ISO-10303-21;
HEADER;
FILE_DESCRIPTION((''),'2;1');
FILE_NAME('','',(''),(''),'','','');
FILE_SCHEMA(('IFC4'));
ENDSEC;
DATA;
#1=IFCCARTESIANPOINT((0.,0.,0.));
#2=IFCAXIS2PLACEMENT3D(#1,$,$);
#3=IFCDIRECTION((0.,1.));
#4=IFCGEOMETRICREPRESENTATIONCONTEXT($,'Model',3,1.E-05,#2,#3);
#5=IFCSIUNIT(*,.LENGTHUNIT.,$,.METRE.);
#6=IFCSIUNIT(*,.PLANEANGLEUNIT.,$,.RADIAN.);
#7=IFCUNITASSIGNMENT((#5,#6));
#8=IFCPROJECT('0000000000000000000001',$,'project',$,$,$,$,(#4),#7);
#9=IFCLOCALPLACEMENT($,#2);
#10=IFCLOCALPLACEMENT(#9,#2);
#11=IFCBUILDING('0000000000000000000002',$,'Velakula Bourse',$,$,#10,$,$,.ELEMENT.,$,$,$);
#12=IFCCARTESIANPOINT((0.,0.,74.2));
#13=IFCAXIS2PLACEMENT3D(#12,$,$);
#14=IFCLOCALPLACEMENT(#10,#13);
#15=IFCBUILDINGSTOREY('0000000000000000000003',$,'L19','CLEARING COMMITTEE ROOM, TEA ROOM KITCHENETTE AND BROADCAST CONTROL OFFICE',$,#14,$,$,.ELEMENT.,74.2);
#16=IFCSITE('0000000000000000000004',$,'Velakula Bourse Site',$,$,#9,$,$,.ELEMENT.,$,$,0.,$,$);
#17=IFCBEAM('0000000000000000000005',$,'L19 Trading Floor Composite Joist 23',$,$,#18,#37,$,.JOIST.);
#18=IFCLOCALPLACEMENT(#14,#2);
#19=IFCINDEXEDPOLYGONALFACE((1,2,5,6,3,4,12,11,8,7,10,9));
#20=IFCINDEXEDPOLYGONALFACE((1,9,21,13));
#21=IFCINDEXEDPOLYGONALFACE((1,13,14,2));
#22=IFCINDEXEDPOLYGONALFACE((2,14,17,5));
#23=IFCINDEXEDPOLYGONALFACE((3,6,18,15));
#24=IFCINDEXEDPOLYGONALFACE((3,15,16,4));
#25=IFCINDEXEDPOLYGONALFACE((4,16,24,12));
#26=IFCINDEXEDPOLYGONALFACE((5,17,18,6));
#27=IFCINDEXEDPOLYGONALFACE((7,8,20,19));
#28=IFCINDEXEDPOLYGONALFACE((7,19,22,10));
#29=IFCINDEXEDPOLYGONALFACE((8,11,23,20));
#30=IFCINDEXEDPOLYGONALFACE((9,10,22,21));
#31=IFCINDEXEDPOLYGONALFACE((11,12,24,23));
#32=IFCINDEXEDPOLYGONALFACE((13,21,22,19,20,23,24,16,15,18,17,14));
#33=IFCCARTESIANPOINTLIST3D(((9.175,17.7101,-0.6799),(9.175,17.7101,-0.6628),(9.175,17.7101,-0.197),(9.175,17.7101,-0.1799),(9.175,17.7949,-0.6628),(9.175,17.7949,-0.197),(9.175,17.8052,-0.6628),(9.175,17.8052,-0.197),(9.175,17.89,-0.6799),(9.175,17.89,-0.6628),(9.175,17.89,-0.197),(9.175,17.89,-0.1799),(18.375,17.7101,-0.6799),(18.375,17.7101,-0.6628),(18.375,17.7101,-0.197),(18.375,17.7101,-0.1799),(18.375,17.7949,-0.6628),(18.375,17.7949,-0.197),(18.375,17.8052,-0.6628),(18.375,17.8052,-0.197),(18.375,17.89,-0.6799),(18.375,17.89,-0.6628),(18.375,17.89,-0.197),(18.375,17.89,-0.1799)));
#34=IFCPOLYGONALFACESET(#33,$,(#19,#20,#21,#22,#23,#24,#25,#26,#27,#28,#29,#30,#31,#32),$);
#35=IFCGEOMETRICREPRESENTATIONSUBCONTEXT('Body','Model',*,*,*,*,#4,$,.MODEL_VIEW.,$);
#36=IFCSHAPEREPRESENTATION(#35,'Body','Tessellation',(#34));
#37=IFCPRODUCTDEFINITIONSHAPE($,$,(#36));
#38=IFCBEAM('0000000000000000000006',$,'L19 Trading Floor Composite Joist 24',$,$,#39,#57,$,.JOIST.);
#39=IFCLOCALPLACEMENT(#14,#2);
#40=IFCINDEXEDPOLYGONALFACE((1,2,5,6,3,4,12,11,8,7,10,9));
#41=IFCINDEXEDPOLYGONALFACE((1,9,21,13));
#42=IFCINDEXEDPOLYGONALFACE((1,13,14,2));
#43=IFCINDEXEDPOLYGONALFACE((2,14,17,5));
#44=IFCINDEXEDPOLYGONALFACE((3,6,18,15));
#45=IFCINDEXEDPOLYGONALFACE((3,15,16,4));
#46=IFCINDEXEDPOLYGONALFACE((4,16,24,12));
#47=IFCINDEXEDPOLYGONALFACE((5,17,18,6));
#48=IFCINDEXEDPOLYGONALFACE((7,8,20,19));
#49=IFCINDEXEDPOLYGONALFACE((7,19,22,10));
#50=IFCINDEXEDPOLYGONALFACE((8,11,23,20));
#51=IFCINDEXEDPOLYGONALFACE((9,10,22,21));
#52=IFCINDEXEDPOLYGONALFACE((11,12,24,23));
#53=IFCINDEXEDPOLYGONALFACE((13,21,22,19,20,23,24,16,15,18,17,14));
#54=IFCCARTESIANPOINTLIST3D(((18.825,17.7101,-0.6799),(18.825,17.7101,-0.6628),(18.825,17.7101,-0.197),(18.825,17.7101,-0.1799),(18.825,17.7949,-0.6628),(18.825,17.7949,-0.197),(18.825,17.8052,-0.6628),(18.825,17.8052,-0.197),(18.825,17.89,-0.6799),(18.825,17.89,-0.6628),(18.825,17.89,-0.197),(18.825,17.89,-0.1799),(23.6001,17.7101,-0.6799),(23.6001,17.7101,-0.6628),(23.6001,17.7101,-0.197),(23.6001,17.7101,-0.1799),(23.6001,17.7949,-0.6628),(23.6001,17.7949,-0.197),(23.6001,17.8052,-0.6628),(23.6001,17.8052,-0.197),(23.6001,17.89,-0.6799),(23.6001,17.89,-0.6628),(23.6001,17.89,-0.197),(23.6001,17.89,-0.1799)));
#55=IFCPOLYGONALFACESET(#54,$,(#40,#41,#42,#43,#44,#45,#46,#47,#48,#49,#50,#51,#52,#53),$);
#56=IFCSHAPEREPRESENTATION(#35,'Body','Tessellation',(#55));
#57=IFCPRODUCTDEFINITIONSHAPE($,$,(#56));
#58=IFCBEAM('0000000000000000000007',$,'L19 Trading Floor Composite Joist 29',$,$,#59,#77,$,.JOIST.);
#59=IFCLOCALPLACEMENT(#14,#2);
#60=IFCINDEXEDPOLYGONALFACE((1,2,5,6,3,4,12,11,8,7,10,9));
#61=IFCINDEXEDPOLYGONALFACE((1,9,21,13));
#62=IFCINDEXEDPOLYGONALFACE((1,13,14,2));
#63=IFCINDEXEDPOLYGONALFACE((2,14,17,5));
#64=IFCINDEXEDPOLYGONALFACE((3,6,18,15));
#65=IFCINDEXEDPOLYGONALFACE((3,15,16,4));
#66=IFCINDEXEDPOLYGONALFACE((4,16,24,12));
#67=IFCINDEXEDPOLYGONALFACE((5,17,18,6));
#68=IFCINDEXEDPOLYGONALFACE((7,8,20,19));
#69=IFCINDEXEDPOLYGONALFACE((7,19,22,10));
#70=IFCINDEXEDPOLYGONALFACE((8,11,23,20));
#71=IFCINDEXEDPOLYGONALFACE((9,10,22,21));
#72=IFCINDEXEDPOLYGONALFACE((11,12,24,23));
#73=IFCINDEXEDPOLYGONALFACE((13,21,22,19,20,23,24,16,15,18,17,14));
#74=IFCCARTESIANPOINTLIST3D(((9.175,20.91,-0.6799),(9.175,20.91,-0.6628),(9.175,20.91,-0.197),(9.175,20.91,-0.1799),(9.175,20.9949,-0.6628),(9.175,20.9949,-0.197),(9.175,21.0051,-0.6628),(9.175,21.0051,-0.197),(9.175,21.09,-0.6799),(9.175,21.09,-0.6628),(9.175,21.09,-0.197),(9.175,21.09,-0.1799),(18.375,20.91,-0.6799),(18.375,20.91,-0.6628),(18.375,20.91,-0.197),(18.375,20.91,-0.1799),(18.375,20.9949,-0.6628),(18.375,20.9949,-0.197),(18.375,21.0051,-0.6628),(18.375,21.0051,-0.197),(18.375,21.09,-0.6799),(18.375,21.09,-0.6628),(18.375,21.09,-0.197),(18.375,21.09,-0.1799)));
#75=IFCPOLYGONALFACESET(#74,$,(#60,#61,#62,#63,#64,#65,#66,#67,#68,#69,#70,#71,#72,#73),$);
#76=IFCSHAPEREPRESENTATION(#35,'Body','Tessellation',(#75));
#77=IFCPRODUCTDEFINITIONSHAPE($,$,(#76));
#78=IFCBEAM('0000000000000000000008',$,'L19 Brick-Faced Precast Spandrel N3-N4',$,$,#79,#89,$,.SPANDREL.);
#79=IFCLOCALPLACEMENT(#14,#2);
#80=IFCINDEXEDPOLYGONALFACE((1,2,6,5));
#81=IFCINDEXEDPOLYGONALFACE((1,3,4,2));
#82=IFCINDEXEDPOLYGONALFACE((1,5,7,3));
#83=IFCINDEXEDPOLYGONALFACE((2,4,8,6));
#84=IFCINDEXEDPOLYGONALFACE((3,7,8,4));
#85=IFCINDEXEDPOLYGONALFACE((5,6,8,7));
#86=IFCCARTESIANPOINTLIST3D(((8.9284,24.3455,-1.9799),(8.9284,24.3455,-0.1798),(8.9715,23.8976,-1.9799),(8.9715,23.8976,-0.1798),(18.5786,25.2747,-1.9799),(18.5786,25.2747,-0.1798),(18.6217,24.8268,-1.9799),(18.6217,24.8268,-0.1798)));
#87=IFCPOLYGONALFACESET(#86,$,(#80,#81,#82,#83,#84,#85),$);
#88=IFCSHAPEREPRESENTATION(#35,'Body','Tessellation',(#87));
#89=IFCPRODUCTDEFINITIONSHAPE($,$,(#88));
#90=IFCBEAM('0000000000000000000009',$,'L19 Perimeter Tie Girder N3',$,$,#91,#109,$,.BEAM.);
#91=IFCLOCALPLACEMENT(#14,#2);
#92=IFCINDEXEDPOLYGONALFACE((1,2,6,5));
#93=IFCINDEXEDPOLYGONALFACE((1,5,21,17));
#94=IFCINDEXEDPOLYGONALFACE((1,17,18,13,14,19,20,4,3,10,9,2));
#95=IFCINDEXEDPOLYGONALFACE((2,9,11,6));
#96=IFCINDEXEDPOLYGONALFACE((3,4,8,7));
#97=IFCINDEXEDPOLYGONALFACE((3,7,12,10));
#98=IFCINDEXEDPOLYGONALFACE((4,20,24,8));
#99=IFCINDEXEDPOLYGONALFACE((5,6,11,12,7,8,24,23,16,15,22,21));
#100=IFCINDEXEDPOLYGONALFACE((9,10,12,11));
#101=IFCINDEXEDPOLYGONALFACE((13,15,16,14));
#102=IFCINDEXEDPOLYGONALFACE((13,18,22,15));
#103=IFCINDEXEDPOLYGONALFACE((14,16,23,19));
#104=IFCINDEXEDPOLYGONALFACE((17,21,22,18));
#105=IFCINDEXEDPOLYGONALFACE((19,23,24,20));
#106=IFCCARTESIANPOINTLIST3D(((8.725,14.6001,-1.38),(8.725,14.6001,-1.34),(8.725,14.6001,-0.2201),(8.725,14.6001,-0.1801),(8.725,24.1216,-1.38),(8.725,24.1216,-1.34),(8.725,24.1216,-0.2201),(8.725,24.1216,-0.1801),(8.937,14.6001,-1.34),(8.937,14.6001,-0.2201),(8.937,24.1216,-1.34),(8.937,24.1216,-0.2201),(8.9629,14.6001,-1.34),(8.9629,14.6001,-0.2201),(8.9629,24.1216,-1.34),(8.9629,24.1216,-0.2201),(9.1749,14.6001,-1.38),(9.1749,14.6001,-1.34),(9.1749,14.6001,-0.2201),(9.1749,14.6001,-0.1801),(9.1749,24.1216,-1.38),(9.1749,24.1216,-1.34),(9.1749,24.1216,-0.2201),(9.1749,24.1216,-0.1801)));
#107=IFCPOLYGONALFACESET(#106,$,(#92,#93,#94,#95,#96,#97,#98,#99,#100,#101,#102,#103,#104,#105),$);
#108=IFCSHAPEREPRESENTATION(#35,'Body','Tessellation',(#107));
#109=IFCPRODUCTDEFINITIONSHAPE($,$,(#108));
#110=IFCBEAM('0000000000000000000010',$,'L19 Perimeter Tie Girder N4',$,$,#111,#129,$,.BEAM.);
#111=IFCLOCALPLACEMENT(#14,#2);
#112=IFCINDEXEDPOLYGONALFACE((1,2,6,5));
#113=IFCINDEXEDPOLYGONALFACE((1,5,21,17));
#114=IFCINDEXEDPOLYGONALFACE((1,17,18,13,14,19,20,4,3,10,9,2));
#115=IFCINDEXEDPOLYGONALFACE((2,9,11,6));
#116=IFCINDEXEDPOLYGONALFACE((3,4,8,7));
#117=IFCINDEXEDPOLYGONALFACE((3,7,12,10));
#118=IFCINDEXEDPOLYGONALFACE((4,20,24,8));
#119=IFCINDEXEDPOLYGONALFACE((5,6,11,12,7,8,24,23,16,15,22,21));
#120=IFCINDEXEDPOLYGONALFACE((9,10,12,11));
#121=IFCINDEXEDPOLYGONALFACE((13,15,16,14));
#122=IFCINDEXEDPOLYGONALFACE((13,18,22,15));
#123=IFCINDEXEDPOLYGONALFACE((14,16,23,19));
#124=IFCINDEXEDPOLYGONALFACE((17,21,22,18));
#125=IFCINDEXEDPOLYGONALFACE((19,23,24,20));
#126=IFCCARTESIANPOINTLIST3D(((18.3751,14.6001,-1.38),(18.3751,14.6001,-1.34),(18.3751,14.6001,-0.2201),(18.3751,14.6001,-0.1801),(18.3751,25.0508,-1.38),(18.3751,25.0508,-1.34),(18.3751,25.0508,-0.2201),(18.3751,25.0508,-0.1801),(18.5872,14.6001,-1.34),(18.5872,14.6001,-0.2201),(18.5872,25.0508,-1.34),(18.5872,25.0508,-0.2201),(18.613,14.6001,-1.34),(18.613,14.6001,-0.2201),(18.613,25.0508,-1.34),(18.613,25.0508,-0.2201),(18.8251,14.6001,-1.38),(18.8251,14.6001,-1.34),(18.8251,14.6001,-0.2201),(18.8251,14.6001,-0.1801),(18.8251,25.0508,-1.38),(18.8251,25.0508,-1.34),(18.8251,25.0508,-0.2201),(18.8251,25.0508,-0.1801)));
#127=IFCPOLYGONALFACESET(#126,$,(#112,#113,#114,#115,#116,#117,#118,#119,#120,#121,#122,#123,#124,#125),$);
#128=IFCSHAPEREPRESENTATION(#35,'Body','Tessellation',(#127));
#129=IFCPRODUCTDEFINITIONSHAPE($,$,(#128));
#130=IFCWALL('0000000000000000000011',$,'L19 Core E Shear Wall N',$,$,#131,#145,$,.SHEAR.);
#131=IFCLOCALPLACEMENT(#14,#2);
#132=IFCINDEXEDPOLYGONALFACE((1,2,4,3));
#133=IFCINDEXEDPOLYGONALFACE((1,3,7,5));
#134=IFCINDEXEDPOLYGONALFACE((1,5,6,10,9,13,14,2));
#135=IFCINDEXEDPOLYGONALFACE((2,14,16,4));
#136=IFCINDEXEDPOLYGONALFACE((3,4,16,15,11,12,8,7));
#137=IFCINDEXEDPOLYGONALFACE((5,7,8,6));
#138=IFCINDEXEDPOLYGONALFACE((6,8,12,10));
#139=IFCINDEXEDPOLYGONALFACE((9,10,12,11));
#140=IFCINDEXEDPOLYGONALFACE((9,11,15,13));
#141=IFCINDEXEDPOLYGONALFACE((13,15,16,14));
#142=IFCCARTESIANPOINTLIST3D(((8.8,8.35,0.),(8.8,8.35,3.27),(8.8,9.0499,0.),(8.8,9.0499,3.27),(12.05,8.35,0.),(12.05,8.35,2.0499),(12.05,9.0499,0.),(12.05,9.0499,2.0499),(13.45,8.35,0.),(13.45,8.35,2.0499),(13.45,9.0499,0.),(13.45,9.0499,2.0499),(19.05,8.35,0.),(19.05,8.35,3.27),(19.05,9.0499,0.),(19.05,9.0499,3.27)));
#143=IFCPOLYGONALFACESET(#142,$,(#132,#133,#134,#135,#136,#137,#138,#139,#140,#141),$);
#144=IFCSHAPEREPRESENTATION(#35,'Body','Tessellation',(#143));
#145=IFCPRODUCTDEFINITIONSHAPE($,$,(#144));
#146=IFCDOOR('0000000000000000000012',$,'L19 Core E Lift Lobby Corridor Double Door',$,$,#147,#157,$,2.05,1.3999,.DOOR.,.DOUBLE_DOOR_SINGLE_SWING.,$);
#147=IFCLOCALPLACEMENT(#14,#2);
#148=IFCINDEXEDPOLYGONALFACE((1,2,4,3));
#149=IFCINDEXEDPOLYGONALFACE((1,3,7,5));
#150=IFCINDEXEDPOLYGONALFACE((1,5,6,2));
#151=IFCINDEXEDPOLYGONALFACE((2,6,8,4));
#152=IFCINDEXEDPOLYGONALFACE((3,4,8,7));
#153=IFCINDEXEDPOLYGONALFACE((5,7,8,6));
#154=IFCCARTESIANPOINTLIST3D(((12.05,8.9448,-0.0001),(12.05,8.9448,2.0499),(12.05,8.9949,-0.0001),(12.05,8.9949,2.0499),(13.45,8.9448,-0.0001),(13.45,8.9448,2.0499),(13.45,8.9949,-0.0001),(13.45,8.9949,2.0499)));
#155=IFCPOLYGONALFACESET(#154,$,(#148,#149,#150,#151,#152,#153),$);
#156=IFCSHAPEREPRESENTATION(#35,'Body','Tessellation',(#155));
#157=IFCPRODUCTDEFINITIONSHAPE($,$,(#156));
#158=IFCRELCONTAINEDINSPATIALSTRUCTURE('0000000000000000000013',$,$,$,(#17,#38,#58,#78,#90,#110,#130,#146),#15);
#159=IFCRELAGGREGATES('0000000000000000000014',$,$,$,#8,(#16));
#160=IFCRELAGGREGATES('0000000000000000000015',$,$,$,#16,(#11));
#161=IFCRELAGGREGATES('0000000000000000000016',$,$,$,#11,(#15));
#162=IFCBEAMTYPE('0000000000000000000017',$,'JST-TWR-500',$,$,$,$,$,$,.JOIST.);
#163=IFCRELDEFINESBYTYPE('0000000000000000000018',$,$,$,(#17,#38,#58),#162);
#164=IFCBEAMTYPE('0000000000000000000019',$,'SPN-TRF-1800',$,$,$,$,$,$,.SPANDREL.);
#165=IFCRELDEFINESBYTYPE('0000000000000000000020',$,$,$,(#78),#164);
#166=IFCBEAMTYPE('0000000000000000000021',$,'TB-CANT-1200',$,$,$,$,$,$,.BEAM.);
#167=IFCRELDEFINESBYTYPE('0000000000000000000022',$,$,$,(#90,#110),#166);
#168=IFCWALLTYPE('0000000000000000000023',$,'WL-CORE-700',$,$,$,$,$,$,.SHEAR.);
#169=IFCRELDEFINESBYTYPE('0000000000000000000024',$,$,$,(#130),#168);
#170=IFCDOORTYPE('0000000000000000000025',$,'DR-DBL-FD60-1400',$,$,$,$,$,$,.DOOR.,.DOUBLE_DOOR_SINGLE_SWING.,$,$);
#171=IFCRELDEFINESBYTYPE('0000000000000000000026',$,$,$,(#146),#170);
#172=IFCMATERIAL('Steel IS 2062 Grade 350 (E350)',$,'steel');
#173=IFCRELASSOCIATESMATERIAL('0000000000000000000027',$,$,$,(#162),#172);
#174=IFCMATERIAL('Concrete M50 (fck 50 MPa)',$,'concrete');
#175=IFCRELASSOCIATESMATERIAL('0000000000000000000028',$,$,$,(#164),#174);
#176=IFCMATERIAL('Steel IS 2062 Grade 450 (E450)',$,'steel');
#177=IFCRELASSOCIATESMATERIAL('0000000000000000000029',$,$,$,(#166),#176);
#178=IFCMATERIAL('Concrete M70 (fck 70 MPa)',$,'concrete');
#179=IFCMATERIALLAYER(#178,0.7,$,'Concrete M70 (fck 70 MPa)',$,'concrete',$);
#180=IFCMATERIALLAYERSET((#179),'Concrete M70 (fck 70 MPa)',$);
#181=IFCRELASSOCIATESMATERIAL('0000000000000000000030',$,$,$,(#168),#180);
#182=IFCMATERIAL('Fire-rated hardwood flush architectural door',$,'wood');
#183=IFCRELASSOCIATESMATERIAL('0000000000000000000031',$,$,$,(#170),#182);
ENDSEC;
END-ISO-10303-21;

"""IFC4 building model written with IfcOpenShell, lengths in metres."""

from ifc_helpers import new_model, si_unit, direction, frame, frame_2d, origin, origin_2d, place, context, subcontext, project, spatial, rectangle, i_section, extrude, material, layer, layer_set, material_profile, profile_set, type_object, element, fill, save


model = new_model("IFC4")

# Units and contexts
model_context = context("Model", 3, precision=1e-05, world=origin(), true_north=direction((0.0, 1.0)))
body_context = subcontext(model_context, "Body", "Model", "MODEL_VIEW")
ifc_project = project(units=[si_unit("LENGTHUNIT", "METRE"), si_unit("PLANEANGLEUNIT", "RADIAN")], contexts=[model_context])

# Site, building, storey
site_placement = place(None, origin())
site = spatial("IfcSite", under=ifc_project, at=site_placement, Name="Velakula Bourse Site", CompositionType="ELEMENT", RefElevation=0.0)
building_placement = place(site_placement, origin())
building = spatial("IfcBuilding", under=site, at=building_placement, Name="Velakula Bourse", CompositionType="ELEMENT")
storey_placement = place(building_placement, frame((0.0, 0.0, 74.2)))
storey = spatial("IfcBuildingStorey", under=building, at=storey_placement, Name="L19", Description="CLEARING COMMITTEE ROOM, TEA ROOM KITCHENETTE AND BROADCAST CONTROL OFFICE", CompositionType="ELEMENT", Elevation=74.2)

# Shared definitions
ifc_material_1 = material(Name="Steel IS 2062 Grade 450 (E450)", Category="steel")

# Beams
ifc_material_2 = material(Name="Steel IS 2062 Grade 350 (E350)", Category="steel")
ifc_material_profile_1 = material_profile(ifc_material_2, i_section(OverallWidth=0.1799, OverallDepth=0.5, WebThickness=0.0103, FlangeThickness=0.0171, at=origin_2d()), Name="Steel IS 2062 Grade 350 (E350)")
ifc_profile_set_1 = profile_set([ifc_material_profile_1], Name="Steel IS 2062 Grade 350 (E350)")
beam_type_1 = type_object("IfcBeamType", Name="JST-TWR-500", PredefinedType="JOIST", material=ifc_profile_set_1)
beam_1_placement = place(storey_placement, frame((9.175, 17.8, -0.4299), z_axis=(1.0, 0.0, 0.0), x_axis=(0.0, 1.0, 0.0)))
element("IfcBeam", 1, at=beam_1_placement, inside=storey, type_object=beam_type_1, Name="L19 Trading Floor Composite Joist 23", PredefinedType="JOIST", context=body_context, shape_type="SweptSolid", body=[
    extrude(i_section(OverallWidth=0.1799, OverallDepth=0.5, WebThickness=0.0103, FlangeThickness=0.0171, at=origin_2d()), origin(), (0.0, 0.0, 1.0), 9.2),
])
beam_2_placement = place(storey_placement, frame((18.825, 17.8, -0.4299), z_axis=(1.0, 0.0, 0.0), x_axis=(0.0, 1.0, 0.0)))
element("IfcBeam", 2, at=beam_2_placement, inside=storey, type_object=beam_type_1, Name="L19 Trading Floor Composite Joist 24", PredefinedType="JOIST", context=body_context, shape_type="SweptSolid", body=[
    extrude(i_section(OverallWidth=0.1799, OverallDepth=0.5, WebThickness=0.0103, FlangeThickness=0.0171, at=origin_2d()), origin(), (0.0, 0.0, 1.0), 4.7751),
])
beam_3_placement = place(storey_placement, frame((9.175, 21.0, -0.4299), z_axis=(1.0, 0.0, 0.0), x_axis=(0.0, 1.0, 0.0)))
element("IfcBeam", 3, at=beam_3_placement, inside=storey, type_object=beam_type_1, Name="L19 Trading Floor Composite Joist 29", PredefinedType="JOIST", context=body_context, shape_type="SweptSolid", body=[
    extrude(i_section(OverallWidth=0.1799, OverallDepth=0.5, WebThickness=0.0103, FlangeThickness=0.0171, at=origin_2d()), origin(), (0.0, 0.0, 1.0), 9.2),
])
ifc_material_3 = material(Name="Concrete M50 (fck 50 MPa)", Category="concrete")
ifc_material_profile_2 = material_profile(ifc_material_3, rectangle(XDim=0.45, YDim=1.8, at=origin_2d()), Name="Concrete M50 (fck 50 MPa)")
ifc_profile_set_2 = profile_set([ifc_material_profile_2], Name="Concrete M50 (fck 50 MPa)")
beam_type_2 = type_object("IfcBeamType", Name="SPN-TRF-1800", PredefinedType="SPANDREL", material=ifc_profile_set_2)
beam_4_placement = place(storey_placement, frame((8.95, 24.1216, -1.0798), z_axis=(0.995396, 0.095845, 0.0), x_axis=(-0.095845, 0.995396, 0.0)))
element("IfcBeam", 4, at=beam_4_placement, inside=storey, type_object=beam_type_2, Name="L19 Brick-Faced Precast Spandrel N3-N4", PredefinedType="SPANDREL", context=body_context, shape_type="SweptSolid", body=[
    extrude(rectangle(XDim=0.45, YDim=1.8, at=origin_2d()), origin(), (0.0, 0.0, 1.0), 9.6948),
])
ifc_material_profile_3 = material_profile(ifc_material_1, i_section(OverallWidth=0.45, OverallDepth=1.2, WebThickness=0.0259, FlangeThickness=0.04, at=origin_2d()), Name="Steel IS 2062 Grade 450 (E450)")
ifc_profile_set_3 = profile_set([ifc_material_profile_3], Name="Steel IS 2062 Grade 450 (E450)")
beam_type_3 = type_object("IfcBeamType", Name="TB-CANT-1200", PredefinedType="BEAM", material=ifc_profile_set_3)
beam_5_placement = place(storey_placement, frame((8.95, 14.6001, -0.78), z_axis=(0.0, 1.0, 0.0), x_axis=(-1.0, 0.0, 0.0)))
element("IfcBeam", 5, at=beam_5_placement, inside=storey, type_object=beam_type_3, Name="L19 Perimeter Tie Girder N3", PredefinedType="BEAM", context=body_context, shape_type="SweptSolid", body=[
    extrude(i_section(OverallWidth=0.45, OverallDepth=1.2, WebThickness=0.0259, FlangeThickness=0.04, at=origin_2d()), origin(), (0.0, 0.0, 1.0), 9.5215),
])
beam_6_placement = place(storey_placement, frame((18.6001, 14.6001, -0.78), z_axis=(0.0, 1.0, 0.0), x_axis=(-1.0, 0.0, 0.0)))
element("IfcBeam", 6, at=beam_6_placement, inside=storey, type_object=beam_type_3, Name="L19 Perimeter Tie Girder N4", PredefinedType="BEAM", context=body_context, shape_type="SweptSolid", body=[
    extrude(i_section(OverallWidth=0.45, OverallDepth=1.2, WebThickness=0.0259, FlangeThickness=0.04, at=origin_2d()), origin(), (0.0, 0.0, 1.0), 10.4507),
])

# Wall, opening, door
ifc_material_4 = material(Name="Concrete M70 (fck 70 MPa)", Category="concrete")
ifc_layer_1 = layer(ifc_material_4, 0.7, Name="Concrete M70 (fck 70 MPa)", Category="concrete")
ifc_layer_set_1 = layer_set([ifc_layer_1], Name="Concrete M70 (fck 70 MPa)")
wall_type_1 = type_object("IfcWallType", Name="WL-CORE-700", PredefinedType="SHEAR", material=ifc_layer_set_1)
wall_1_placement = place(storey_placement, frame((8.8, 8.7, 0.0), z_axis=(0.0, 0.0, 1.0), x_axis=(1.0, 0.0, 0.0)))
wall_1 = element("IfcWall", 7, at=wall_1_placement, inside=storey, type_object=wall_type_1, Name="L19 Core E Shear Wall N", PredefinedType="SHEAR", context=body_context, shape_type="SweptSolid", body=[
    extrude(rectangle(XDim=10.25, YDim=0.7, at=frame_2d((5.125, 0.0))), origin(), (0.0, 0.0, 1.0), 3.27),
])
opening_1_placement = place(wall_1_placement, frame((3.25, 0.0, 0.0)))
opening_1 = element("IfcOpeningElement", 8, at=opening_1_placement, cuts=wall_1, PredefinedType="OPENING", context=body_context, shape_type="SweptSolid", body=[
    extrude(rectangle(XDim=1.3999, YDim=2.05, at=frame_2d((0.7, 1.0249))), frame((0.0, 0.3599, 0.0), z_axis=(0.0, -1.0, 0.0), x_axis=(1.0, 0.0, 0.0)), (0.0, 0.0, 1.0), 0.72),
])
ifc_material_5 = material(Name="Fire-rated hardwood flush architectural door", Category="wood")
door_type = type_object("IfcDoorType", Name="DR-DBL-FD60-1400", OperationType="DOUBLE_DOOR_SINGLE_SWING", PredefinedType="DOOR", material=ifc_material_5)
door_placement = place(opening_1_placement, origin())
door = element("IfcDoor", 9, at=door_placement, inside=storey, type_object=door_type, Name="L19 Core E Lift Lobby Corridor Double Door", OperationType="DOUBLE_DOOR_SINGLE_SWING", OverallHeight=2.05, OverallWidth=1.3999, PredefinedType="DOOR", context=body_context, shape_type="SweptSolid", body=[
    extrude(rectangle(XDim=1.3999, YDim=2.05, at=frame_2d((0.7, 1.0249))), frame((0.0, 0.2949, 0.0), z_axis=(0.0, -1.0, 0.0), x_axis=(1.0, 0.0, 0.0)), (0.0, 0.0, 1.0), 0.05),
])
fill(opening_1, door)

save(model, "model.ifc")
